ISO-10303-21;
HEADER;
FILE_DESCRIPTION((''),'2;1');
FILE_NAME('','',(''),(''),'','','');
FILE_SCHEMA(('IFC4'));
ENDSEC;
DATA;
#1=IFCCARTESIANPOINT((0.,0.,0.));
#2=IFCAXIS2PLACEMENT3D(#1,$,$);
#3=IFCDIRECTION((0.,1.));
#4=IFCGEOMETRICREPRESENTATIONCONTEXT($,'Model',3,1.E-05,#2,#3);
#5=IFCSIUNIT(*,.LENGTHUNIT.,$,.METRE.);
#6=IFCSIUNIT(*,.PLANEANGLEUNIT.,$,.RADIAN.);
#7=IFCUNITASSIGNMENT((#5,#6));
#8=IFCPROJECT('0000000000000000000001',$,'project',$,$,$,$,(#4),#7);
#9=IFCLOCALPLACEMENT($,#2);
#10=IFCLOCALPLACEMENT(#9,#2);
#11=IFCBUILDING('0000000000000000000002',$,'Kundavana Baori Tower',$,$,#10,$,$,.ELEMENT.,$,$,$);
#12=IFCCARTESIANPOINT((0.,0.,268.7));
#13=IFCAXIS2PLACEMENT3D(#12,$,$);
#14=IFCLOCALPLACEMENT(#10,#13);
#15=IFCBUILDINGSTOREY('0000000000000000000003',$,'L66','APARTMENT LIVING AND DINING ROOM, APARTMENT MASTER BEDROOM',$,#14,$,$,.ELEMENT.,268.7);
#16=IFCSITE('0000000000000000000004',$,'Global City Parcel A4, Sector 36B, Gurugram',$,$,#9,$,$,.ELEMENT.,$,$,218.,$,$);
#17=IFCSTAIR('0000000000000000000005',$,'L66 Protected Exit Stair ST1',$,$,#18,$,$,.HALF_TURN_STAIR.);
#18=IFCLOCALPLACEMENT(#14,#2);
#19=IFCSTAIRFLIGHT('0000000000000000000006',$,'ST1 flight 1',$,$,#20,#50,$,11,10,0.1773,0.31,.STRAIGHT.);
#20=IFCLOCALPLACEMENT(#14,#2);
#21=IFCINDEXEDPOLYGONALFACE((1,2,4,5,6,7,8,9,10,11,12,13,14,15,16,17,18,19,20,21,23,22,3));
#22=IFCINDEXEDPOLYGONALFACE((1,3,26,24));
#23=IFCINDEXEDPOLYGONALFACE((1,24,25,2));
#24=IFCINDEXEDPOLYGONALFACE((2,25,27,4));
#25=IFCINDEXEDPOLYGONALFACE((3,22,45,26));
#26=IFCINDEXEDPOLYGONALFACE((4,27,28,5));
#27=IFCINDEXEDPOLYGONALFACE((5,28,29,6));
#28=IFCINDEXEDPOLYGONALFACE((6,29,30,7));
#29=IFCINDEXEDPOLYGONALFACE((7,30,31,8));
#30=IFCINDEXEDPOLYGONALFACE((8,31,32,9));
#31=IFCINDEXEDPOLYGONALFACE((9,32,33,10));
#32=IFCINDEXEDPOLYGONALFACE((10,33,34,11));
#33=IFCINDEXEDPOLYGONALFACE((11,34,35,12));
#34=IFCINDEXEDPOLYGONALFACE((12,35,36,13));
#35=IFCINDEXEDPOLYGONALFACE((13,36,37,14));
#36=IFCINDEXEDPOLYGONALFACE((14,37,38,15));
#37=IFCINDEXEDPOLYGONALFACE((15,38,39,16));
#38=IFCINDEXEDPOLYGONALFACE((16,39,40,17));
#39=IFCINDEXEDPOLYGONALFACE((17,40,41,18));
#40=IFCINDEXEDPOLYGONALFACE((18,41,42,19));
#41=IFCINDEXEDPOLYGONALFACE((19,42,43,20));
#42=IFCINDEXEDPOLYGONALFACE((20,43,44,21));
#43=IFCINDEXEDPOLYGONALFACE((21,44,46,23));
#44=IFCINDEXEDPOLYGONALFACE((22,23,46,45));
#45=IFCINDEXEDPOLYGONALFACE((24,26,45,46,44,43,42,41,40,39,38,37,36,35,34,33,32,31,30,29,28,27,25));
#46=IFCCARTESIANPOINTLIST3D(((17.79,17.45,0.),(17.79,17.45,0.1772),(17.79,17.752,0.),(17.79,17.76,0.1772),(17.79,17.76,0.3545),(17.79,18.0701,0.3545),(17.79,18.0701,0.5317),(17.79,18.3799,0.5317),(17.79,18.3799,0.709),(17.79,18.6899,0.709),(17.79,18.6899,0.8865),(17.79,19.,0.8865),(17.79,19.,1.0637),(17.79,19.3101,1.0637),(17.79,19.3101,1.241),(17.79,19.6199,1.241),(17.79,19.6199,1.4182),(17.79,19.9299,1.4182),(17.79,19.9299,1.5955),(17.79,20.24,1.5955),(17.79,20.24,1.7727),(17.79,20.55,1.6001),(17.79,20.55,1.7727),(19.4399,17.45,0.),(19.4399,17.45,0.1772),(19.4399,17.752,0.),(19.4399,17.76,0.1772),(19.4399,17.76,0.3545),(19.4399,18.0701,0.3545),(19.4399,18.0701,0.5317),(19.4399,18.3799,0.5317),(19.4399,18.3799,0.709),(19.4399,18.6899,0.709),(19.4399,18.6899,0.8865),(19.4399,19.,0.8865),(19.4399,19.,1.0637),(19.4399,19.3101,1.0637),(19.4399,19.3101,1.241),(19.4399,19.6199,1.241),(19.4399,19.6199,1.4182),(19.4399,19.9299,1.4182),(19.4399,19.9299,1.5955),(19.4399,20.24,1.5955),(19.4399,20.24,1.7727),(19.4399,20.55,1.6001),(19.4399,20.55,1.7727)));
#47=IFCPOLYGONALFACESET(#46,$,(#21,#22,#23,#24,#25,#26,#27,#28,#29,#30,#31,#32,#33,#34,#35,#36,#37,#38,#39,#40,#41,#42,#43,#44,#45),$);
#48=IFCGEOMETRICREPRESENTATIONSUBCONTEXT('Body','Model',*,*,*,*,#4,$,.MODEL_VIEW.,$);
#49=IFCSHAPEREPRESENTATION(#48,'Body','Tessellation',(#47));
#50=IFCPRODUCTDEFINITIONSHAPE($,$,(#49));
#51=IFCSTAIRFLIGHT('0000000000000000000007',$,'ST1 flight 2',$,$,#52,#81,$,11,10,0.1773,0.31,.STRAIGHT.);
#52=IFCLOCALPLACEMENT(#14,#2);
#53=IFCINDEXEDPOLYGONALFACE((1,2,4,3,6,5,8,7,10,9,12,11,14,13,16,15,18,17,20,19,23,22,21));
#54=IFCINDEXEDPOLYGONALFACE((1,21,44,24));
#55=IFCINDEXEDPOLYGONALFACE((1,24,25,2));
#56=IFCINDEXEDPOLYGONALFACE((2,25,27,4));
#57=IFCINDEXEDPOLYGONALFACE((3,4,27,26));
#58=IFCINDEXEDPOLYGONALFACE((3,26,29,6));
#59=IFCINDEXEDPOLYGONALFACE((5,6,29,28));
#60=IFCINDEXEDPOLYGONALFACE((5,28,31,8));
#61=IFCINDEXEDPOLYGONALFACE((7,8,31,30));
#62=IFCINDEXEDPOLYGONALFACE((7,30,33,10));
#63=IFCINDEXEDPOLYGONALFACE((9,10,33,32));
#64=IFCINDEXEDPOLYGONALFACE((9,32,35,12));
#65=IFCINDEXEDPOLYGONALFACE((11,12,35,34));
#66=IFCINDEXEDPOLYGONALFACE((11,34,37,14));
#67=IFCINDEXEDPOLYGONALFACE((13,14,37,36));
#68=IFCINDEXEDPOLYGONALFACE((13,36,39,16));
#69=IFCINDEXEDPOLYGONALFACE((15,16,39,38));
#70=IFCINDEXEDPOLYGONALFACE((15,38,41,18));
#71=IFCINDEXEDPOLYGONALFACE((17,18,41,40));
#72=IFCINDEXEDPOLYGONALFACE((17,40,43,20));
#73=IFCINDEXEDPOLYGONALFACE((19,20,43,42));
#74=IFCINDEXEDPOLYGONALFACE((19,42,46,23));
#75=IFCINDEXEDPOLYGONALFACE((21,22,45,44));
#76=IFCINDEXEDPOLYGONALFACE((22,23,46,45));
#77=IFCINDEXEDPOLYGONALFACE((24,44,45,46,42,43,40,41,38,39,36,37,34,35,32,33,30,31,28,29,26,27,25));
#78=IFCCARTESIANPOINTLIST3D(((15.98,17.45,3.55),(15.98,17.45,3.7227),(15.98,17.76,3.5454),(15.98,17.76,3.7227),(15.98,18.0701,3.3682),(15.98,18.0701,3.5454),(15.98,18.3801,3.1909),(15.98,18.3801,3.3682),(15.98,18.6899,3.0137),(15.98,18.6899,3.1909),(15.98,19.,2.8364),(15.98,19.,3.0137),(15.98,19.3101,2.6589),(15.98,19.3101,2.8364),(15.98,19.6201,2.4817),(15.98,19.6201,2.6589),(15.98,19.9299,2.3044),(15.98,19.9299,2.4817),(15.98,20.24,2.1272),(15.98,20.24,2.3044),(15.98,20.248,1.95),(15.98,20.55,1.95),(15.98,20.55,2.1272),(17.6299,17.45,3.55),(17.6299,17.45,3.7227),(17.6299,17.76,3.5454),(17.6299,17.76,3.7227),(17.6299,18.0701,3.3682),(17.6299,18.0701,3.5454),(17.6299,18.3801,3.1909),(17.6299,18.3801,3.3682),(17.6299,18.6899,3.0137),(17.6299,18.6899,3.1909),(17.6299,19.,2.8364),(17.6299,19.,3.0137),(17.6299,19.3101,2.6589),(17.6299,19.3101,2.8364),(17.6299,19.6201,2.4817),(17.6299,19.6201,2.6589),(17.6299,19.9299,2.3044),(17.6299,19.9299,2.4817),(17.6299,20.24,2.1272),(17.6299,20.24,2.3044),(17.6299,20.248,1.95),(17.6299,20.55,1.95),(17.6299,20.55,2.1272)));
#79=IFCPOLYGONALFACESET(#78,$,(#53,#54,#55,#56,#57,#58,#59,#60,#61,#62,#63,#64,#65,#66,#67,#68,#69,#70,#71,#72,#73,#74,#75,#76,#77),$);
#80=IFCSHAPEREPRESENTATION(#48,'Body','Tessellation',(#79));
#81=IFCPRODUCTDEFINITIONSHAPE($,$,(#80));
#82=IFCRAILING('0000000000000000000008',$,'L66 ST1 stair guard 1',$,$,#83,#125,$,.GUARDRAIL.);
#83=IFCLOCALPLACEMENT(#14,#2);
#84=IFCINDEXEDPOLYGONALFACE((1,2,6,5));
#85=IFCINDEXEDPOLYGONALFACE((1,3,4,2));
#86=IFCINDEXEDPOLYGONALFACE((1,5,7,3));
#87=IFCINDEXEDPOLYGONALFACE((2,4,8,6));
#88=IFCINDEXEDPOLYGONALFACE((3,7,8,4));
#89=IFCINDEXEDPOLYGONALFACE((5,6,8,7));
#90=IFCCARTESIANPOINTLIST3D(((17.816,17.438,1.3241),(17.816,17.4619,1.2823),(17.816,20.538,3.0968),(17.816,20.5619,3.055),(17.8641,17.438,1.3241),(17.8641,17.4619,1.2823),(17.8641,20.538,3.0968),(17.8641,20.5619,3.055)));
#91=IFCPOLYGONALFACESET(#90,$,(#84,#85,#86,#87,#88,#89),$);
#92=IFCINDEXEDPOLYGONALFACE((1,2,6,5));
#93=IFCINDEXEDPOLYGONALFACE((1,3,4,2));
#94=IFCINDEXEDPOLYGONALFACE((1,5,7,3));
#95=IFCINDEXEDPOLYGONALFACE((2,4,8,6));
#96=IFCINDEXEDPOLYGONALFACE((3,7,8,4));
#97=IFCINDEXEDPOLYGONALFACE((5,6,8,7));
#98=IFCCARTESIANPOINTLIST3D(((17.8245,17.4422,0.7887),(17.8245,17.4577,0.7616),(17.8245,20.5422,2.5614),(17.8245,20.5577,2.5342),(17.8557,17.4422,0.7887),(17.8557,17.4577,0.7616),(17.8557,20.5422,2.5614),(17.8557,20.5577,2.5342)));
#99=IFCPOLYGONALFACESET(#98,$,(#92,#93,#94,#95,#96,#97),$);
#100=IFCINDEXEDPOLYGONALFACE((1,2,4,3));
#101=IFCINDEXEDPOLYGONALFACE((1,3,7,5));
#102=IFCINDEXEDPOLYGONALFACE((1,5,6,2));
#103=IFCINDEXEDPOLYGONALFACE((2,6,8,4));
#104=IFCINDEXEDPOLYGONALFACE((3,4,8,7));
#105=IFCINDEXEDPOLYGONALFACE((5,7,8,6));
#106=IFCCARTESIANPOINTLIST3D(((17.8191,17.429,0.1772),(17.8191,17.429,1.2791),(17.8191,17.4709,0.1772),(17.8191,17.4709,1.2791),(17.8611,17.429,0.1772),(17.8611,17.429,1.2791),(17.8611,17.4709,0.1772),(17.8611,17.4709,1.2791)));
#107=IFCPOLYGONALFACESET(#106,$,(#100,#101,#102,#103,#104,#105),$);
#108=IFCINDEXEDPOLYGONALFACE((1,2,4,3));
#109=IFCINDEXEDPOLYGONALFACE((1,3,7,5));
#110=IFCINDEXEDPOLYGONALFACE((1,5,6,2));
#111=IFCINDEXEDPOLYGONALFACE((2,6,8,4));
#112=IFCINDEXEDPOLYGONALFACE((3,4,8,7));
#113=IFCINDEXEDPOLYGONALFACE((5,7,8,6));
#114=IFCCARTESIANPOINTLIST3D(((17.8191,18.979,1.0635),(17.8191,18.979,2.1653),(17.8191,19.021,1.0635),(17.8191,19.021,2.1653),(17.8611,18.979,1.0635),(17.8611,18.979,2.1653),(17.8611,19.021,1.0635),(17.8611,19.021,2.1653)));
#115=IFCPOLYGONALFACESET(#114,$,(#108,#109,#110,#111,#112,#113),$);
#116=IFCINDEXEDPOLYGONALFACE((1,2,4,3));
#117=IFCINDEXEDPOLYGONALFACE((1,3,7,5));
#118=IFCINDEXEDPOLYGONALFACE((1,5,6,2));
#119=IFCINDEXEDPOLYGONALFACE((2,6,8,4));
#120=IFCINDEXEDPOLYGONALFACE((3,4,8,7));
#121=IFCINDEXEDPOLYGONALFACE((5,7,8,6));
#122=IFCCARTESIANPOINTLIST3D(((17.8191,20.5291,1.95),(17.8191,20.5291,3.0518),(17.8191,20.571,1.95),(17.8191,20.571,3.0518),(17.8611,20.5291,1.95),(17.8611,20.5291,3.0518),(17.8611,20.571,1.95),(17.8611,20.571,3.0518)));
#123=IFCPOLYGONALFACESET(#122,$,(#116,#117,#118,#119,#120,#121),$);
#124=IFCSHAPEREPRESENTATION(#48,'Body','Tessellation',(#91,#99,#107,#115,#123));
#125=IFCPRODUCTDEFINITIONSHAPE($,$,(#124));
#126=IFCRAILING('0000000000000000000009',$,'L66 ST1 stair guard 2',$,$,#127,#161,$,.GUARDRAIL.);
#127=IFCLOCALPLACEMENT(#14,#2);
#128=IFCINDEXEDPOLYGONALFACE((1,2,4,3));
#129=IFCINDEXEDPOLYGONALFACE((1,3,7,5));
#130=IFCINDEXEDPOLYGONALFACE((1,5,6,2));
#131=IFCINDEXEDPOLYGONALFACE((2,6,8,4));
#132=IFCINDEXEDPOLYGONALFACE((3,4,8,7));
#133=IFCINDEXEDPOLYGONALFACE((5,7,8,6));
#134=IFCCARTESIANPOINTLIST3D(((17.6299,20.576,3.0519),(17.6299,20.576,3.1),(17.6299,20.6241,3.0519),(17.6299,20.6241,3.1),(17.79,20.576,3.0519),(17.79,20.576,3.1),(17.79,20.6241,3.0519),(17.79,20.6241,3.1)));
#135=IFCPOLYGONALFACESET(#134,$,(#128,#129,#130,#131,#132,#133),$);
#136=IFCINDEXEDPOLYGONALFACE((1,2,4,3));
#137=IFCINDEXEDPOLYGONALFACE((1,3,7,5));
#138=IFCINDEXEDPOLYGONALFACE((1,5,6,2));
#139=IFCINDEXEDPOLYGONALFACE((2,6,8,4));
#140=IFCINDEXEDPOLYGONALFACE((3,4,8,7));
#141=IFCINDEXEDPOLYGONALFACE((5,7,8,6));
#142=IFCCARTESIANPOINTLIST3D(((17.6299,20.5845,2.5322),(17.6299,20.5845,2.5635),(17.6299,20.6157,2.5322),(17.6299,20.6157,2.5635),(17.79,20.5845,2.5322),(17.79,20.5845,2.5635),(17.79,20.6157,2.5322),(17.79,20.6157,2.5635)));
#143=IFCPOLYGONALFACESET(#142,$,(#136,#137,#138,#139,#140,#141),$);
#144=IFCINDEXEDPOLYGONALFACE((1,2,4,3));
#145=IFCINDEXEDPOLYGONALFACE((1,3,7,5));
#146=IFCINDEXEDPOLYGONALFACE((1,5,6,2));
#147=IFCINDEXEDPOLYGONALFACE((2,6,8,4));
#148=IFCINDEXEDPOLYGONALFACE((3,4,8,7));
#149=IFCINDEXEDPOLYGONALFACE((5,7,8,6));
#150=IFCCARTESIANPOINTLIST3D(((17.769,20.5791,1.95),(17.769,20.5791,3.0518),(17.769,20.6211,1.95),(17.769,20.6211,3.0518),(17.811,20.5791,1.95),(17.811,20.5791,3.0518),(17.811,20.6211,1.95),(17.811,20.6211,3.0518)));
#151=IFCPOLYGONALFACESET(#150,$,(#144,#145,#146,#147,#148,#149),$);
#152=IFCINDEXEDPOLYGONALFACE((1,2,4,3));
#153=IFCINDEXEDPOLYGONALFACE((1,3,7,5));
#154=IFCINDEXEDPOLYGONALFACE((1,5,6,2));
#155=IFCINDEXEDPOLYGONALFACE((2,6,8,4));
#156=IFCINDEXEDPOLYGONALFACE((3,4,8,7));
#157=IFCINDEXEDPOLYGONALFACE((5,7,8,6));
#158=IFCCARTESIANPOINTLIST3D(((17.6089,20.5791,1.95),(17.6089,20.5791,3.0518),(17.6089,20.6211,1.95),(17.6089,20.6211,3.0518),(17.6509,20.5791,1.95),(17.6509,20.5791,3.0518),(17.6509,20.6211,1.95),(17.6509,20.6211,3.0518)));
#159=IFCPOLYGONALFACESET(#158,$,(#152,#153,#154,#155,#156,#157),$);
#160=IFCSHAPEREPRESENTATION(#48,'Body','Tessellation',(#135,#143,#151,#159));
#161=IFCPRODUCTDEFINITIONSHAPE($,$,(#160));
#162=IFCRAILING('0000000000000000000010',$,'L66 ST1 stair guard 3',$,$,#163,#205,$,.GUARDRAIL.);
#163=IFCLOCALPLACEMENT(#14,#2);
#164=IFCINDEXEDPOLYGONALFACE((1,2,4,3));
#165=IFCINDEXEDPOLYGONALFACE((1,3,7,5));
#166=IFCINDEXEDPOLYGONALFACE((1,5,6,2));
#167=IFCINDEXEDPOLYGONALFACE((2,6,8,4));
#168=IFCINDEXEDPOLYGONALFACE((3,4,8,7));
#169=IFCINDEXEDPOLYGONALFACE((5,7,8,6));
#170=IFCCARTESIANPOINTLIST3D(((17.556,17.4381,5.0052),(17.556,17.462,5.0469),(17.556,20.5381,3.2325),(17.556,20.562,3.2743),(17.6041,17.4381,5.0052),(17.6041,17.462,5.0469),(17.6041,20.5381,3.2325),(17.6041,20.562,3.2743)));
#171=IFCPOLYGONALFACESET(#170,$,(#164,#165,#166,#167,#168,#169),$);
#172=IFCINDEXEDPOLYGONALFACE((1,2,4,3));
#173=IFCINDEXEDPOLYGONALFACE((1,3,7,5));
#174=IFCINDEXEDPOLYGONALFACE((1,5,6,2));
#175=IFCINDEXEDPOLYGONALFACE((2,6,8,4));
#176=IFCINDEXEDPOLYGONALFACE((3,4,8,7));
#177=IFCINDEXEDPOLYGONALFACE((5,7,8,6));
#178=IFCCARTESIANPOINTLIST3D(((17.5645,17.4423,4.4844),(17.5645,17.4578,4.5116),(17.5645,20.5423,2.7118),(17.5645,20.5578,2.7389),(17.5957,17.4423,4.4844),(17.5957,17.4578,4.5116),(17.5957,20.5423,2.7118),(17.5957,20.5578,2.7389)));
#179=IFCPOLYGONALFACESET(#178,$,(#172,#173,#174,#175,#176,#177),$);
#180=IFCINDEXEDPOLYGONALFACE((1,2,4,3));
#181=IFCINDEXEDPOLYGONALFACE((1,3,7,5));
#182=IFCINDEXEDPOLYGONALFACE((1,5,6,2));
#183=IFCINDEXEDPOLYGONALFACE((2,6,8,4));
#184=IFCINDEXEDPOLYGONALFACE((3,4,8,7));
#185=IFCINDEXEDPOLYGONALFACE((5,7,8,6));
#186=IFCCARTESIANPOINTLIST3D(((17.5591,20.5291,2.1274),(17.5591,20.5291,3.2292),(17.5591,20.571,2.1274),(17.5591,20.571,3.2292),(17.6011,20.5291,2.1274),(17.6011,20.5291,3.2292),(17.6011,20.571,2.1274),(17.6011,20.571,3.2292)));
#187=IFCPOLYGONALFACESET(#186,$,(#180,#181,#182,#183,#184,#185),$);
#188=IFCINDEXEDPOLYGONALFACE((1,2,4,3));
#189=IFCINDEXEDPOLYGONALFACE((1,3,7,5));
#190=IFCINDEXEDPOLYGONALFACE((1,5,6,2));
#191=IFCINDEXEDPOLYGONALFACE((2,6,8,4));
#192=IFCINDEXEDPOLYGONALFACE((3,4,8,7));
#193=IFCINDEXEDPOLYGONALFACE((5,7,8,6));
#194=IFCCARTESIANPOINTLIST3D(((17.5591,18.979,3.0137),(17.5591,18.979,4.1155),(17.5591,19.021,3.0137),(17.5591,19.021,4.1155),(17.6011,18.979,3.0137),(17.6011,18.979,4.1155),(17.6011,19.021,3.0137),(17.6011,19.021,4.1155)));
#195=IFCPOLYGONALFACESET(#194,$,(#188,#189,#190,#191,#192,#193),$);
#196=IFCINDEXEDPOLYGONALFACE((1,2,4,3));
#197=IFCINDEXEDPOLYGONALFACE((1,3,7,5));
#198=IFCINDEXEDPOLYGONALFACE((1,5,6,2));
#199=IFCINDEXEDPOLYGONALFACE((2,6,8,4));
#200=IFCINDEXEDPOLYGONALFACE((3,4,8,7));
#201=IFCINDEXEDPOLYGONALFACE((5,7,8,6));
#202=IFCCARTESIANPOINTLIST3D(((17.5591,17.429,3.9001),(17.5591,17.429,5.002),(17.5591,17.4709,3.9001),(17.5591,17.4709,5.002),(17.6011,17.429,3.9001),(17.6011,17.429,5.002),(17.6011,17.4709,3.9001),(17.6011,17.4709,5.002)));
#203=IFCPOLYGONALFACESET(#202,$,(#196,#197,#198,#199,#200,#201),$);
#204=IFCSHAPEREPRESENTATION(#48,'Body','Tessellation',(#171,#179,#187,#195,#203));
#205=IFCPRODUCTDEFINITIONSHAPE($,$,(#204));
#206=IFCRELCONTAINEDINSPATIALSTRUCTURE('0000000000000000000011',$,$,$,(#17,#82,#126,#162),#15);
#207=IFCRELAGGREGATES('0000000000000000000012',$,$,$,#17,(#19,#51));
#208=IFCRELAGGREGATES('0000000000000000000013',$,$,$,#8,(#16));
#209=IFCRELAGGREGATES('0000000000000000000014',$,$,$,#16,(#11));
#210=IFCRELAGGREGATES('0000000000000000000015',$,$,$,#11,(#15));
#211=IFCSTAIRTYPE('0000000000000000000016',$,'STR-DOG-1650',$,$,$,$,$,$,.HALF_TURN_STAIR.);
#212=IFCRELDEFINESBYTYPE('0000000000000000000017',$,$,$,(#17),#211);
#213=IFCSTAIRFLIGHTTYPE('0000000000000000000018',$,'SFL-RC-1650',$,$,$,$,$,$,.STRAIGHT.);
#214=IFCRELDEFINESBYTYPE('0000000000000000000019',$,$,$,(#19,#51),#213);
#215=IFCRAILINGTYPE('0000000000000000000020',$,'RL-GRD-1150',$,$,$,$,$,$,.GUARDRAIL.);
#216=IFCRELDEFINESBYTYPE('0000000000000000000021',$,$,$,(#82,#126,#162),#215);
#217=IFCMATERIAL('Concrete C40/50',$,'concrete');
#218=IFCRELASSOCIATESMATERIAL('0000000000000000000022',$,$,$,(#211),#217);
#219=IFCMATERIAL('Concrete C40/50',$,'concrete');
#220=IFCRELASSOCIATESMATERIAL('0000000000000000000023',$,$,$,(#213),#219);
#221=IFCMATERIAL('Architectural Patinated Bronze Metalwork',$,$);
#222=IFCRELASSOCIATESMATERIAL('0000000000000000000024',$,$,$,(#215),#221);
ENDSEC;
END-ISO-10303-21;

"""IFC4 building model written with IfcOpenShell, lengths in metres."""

from ifc_helpers import new_model, si_unit, direction, frame, origin, origin_2d, place, context, subcontext, project, spatial, polyline, rectangle, outline, extrude, material, type_object, element, aggregate, save


model = new_model("IFC4")

# Units and contexts
model_context = context("Model", 3, precision=1e-05, world=origin(), true_north=direction((0.0, 1.0)))
body_context = subcontext(model_context, "Body", "Model", "MODEL_VIEW")
ifc_project = project(units=[si_unit("LENGTHUNIT", "METRE"), si_unit("PLANEANGLEUNIT", "RADIAN")], contexts=[model_context])

# Site, building, storey
site_placement = place(None, origin())
site = spatial("IfcSite", under=ifc_project, at=site_placement, Name="Global City Parcel A4, Sector 36B, Gurugram", CompositionType="ELEMENT", RefElevation=218.0)
building_placement = place(site_placement, origin())
building = spatial("IfcBuilding", under=site, at=building_placement, Name="Kundavana Baori Tower", CompositionType="ELEMENT")
storey_placement = place(building_placement, frame((0.0, 0.0, 268.7)))
storey = spatial("IfcBuildingStorey", under=building, at=storey_placement, Name="L66", Description="APARTMENT LIVING AND DINING ROOM, APARTMENT MASTER BEDROOM", CompositionType="ELEMENT", Elevation=268.7)

# Stair, stair flights
ifc_material_1 = material(Name="Concrete C40/50", Category="concrete")
stair_type = type_object("IfcStairType", Name="STR-DOG-1650", PredefinedType="HALF_TURN_STAIR", material=ifc_material_1)
stair_placement = place(storey_placement, origin())
stair = element("IfcStair", 1, at=stair_placement, inside=storey, type_object=stair_type, Name="L66 Protected Exit Stair ST1", PredefinedType="HALF_TURN_STAIR")
ifc_material_2 = material(Name="Concrete C40/50", Category="concrete")
stair_flight_type = type_object("IfcStairFlightType", Name="SFL-RC-1650", PredefinedType="STRAIGHT", material=ifc_material_2)
stair_flight_1_placement = place(storey_placement, frame((18.615, 17.45, 0.0), z_axis=(0.0, 0.0, 1.0), x_axis=(0.0, 1.0, 0.0)))
stair_flight_1 = element("IfcStairFlight", 2, at=stair_flight_1_placement, type_object=stair_flight_type, Name="ST1 flight 1", NumberOfRisers=11, NumberOfTreads=10, PredefinedType="STRAIGHT", RiserHeight=0.1773, TreadLength=0.31, context=body_context, shape_type="SweptSolid", body=[
    extrude(outline(polyline([(0.0, 0.0), (0.0, 0.1772), (0.3101, 0.1772), (0.3101, 0.3545), (0.6201, 0.3545), (0.6201, 0.5317), (0.9299, 0.5317), (0.9299, 0.709), (1.24, 0.709), (1.24, 0.8865), (1.55, 0.8865), (1.55, 1.0637), (1.8601, 1.0637), (1.8601, 1.241), (2.1699, 1.241), (2.1699, 1.4182), (2.48, 1.4182), (2.48, 1.5955), (2.79, 1.5955), (2.79, 1.7727), (3.1001, 1.7727), (3.1001, 1.95), (3.1001, 1.6001), (0.302, 0.0), (0.0, 0.0)])), frame((0.0, 0.825, 0.0), z_axis=(0.0, -1.0, 0.0), x_axis=(1.0, 0.0, 0.0)), (0.0, 0.0, 1.0), 1.6499),
])
stair_flight_2_placement = place(storey_placement, frame((16.8049, 20.55, 1.95), z_axis=(0.0, 0.0, 1.0), x_axis=(0.0, -1.0, 0.0)))
stair_flight_2 = element("IfcStairFlight", 3, at=stair_flight_2_placement, type_object=stair_flight_type, Name="ST1 flight 2", NumberOfRisers=11, NumberOfTreads=10, PredefinedType="STRAIGHT", RiserHeight=0.1773, TreadLength=0.31, context=body_context, shape_type="SweptSolid", body=[
    extrude(outline(polyline([(0.0, 0.0), (0.0, 0.1772), (0.3101, 0.1772), (0.3101, 0.3545), (0.6201, 0.3545), (0.6201, 0.5317), (0.9299, 0.5317), (0.9299, 0.709), (1.24, 0.709), (1.24, 0.8865), (1.55, 0.8865), (1.55, 1.0637), (1.8601, 1.0637), (1.8601, 1.241), (2.1699, 1.241), (2.1699, 1.4182), (2.48, 1.4182), (2.48, 1.5955), (2.79, 1.5955), (2.79, 1.7727), (3.1001, 1.7727), (3.1001, 1.95), (3.1001, 1.6001), (0.302, 0.0), (0.0, 0.0)])), frame((0.0, 0.825, 0.0), z_axis=(0.0, -1.0, 0.0), x_axis=(1.0, 0.0, 0.0)), (0.0, 0.0, 1.0), 1.6499),
])
aggregate(stair, [stair_flight_1, stair_flight_2])

# Railings
ifc_material_3 = material(Name="Architectural Patinated Bronze Metalwork")
railing_type_1 = type_object("IfcRailingType", Name="RL-GRD-1150", PredefinedType="GUARDRAIL", material=ifc_material_3)
railing_1_placement = place(storey_placement, frame((17.8401, 17.45, 0.1772)))
element("IfcRailing", 4, at=railing_1_placement, inside=storey, type_object=railing_type_1, Name="L66 ST1 stair guard 1", PredefinedType="GUARDRAIL", context=body_context, shape_type="SweptSolid", body=[
    extrude(rectangle(XDim=0.0481, YDim=0.0481, at=origin_2d()), frame((0.0, 0.0, 1.126), z_axis=(0.0, 0.868096, 0.496397), x_axis=(-1.0, 0.0, 0.0)), (0.0, 0.0, 1.0), 3.571),
    extrude(rectangle(XDim=0.0312, YDim=0.0312, at=origin_2d()), frame((0.0, 0.0, 0.5979), z_axis=(0.0, 0.868096, 0.496397), x_axis=(-1.0, 0.0, 0.0)), (0.0, 0.0, 1.0), 3.571),
    extrude(rectangle(XDim=0.042, YDim=0.042, at=origin_2d()), origin(), (0.0, 0.0, 1.0), 1.1018),
    extrude(rectangle(XDim=0.042, YDim=0.042, at=origin_2d()), frame((0.0, 1.55, 0.8862)), (0.0, 0.0, 1.0), 1.1018),
    extrude(rectangle(XDim=0.042, YDim=0.042, at=origin_2d()), frame((0.0, 3.1001, 1.7727)), (0.0, 0.0, 1.0), 1.1018),
])
railing_2_placement = place(storey_placement, frame((17.79, 20.6001, 1.95)))
element("IfcRailing", 5, at=railing_2_placement, inside=storey, type_object=railing_type_1, Name="L66 ST1 stair guard 2", PredefinedType="GUARDRAIL", context=body_context, shape_type="SweptSolid", body=[
    extrude(rectangle(XDim=0.0481, YDim=0.0481, at=origin_2d()), frame((0.0, 0.0, 1.126), z_axis=(-1.0, 0.0, 0.0), x_axis=(0.0, -1.0, 0.0)), (0.0, 0.0, 1.0), 0.1602),
    extrude(rectangle(XDim=0.0312, YDim=0.0312, at=origin_2d()), frame((0.0, 0.0, 0.5979), z_axis=(-1.0, 0.0, 0.0), x_axis=(0.0, -1.0, 0.0)), (0.0, 0.0, 1.0), 0.1602),
    extrude(rectangle(XDim=0.042, YDim=0.042, at=origin_2d()), origin(), (0.0, 0.0, 1.0), 1.1018),
    extrude(rectangle(XDim=0.042, YDim=0.042, at=origin_2d()), frame((-0.1602, 0.0, 0.0)), (0.0, 0.0, 1.0), 1.1018),
])
railing_3_placement = place(storey_placement, frame((17.5801, 20.55, 2.1274)))
element("IfcRailing", 6, at=railing_3_placement, inside=storey, type_object=railing_type_1, Name="L66 ST1 stair guard 3", PredefinedType="GUARDRAIL", context=body_context, shape_type="SweptSolid", body=[
    extrude(rectangle(XDim=0.0481, YDim=0.0481, at=origin_2d()), frame((0.0, 0.0, 1.126), z_axis=(0.0, -0.868096, 0.496397), x_axis=(1.0, 0.0, 0.0)), (0.0, 0.0, 1.0), 3.571),
    extrude(rectangle(XDim=0.0312, YDim=0.0312, at=origin_2d()), frame((0.0, 0.0, 0.5979), z_axis=(0.0, -0.868096, 0.496397), x_axis=(1.0, 0.0, 0.0)), (0.0, 0.0, 1.0), 3.571),
    extrude(rectangle(XDim=0.042, YDim=0.042, at=origin_2d()), origin(), (0.0, 0.0, 1.0), 1.1018),
    extrude(rectangle(XDim=0.042, YDim=0.042, at=origin_2d()), frame((0.0, -1.55, 0.8862)), (0.0, 0.0, 1.0), 1.1018),
    extrude(rectangle(XDim=0.042, YDim=0.042, at=origin_2d()), frame((0.0, -3.1001, 1.7727)), (0.0, 0.0, 1.0), 1.1018),
])

save(model, "model.ifc")
